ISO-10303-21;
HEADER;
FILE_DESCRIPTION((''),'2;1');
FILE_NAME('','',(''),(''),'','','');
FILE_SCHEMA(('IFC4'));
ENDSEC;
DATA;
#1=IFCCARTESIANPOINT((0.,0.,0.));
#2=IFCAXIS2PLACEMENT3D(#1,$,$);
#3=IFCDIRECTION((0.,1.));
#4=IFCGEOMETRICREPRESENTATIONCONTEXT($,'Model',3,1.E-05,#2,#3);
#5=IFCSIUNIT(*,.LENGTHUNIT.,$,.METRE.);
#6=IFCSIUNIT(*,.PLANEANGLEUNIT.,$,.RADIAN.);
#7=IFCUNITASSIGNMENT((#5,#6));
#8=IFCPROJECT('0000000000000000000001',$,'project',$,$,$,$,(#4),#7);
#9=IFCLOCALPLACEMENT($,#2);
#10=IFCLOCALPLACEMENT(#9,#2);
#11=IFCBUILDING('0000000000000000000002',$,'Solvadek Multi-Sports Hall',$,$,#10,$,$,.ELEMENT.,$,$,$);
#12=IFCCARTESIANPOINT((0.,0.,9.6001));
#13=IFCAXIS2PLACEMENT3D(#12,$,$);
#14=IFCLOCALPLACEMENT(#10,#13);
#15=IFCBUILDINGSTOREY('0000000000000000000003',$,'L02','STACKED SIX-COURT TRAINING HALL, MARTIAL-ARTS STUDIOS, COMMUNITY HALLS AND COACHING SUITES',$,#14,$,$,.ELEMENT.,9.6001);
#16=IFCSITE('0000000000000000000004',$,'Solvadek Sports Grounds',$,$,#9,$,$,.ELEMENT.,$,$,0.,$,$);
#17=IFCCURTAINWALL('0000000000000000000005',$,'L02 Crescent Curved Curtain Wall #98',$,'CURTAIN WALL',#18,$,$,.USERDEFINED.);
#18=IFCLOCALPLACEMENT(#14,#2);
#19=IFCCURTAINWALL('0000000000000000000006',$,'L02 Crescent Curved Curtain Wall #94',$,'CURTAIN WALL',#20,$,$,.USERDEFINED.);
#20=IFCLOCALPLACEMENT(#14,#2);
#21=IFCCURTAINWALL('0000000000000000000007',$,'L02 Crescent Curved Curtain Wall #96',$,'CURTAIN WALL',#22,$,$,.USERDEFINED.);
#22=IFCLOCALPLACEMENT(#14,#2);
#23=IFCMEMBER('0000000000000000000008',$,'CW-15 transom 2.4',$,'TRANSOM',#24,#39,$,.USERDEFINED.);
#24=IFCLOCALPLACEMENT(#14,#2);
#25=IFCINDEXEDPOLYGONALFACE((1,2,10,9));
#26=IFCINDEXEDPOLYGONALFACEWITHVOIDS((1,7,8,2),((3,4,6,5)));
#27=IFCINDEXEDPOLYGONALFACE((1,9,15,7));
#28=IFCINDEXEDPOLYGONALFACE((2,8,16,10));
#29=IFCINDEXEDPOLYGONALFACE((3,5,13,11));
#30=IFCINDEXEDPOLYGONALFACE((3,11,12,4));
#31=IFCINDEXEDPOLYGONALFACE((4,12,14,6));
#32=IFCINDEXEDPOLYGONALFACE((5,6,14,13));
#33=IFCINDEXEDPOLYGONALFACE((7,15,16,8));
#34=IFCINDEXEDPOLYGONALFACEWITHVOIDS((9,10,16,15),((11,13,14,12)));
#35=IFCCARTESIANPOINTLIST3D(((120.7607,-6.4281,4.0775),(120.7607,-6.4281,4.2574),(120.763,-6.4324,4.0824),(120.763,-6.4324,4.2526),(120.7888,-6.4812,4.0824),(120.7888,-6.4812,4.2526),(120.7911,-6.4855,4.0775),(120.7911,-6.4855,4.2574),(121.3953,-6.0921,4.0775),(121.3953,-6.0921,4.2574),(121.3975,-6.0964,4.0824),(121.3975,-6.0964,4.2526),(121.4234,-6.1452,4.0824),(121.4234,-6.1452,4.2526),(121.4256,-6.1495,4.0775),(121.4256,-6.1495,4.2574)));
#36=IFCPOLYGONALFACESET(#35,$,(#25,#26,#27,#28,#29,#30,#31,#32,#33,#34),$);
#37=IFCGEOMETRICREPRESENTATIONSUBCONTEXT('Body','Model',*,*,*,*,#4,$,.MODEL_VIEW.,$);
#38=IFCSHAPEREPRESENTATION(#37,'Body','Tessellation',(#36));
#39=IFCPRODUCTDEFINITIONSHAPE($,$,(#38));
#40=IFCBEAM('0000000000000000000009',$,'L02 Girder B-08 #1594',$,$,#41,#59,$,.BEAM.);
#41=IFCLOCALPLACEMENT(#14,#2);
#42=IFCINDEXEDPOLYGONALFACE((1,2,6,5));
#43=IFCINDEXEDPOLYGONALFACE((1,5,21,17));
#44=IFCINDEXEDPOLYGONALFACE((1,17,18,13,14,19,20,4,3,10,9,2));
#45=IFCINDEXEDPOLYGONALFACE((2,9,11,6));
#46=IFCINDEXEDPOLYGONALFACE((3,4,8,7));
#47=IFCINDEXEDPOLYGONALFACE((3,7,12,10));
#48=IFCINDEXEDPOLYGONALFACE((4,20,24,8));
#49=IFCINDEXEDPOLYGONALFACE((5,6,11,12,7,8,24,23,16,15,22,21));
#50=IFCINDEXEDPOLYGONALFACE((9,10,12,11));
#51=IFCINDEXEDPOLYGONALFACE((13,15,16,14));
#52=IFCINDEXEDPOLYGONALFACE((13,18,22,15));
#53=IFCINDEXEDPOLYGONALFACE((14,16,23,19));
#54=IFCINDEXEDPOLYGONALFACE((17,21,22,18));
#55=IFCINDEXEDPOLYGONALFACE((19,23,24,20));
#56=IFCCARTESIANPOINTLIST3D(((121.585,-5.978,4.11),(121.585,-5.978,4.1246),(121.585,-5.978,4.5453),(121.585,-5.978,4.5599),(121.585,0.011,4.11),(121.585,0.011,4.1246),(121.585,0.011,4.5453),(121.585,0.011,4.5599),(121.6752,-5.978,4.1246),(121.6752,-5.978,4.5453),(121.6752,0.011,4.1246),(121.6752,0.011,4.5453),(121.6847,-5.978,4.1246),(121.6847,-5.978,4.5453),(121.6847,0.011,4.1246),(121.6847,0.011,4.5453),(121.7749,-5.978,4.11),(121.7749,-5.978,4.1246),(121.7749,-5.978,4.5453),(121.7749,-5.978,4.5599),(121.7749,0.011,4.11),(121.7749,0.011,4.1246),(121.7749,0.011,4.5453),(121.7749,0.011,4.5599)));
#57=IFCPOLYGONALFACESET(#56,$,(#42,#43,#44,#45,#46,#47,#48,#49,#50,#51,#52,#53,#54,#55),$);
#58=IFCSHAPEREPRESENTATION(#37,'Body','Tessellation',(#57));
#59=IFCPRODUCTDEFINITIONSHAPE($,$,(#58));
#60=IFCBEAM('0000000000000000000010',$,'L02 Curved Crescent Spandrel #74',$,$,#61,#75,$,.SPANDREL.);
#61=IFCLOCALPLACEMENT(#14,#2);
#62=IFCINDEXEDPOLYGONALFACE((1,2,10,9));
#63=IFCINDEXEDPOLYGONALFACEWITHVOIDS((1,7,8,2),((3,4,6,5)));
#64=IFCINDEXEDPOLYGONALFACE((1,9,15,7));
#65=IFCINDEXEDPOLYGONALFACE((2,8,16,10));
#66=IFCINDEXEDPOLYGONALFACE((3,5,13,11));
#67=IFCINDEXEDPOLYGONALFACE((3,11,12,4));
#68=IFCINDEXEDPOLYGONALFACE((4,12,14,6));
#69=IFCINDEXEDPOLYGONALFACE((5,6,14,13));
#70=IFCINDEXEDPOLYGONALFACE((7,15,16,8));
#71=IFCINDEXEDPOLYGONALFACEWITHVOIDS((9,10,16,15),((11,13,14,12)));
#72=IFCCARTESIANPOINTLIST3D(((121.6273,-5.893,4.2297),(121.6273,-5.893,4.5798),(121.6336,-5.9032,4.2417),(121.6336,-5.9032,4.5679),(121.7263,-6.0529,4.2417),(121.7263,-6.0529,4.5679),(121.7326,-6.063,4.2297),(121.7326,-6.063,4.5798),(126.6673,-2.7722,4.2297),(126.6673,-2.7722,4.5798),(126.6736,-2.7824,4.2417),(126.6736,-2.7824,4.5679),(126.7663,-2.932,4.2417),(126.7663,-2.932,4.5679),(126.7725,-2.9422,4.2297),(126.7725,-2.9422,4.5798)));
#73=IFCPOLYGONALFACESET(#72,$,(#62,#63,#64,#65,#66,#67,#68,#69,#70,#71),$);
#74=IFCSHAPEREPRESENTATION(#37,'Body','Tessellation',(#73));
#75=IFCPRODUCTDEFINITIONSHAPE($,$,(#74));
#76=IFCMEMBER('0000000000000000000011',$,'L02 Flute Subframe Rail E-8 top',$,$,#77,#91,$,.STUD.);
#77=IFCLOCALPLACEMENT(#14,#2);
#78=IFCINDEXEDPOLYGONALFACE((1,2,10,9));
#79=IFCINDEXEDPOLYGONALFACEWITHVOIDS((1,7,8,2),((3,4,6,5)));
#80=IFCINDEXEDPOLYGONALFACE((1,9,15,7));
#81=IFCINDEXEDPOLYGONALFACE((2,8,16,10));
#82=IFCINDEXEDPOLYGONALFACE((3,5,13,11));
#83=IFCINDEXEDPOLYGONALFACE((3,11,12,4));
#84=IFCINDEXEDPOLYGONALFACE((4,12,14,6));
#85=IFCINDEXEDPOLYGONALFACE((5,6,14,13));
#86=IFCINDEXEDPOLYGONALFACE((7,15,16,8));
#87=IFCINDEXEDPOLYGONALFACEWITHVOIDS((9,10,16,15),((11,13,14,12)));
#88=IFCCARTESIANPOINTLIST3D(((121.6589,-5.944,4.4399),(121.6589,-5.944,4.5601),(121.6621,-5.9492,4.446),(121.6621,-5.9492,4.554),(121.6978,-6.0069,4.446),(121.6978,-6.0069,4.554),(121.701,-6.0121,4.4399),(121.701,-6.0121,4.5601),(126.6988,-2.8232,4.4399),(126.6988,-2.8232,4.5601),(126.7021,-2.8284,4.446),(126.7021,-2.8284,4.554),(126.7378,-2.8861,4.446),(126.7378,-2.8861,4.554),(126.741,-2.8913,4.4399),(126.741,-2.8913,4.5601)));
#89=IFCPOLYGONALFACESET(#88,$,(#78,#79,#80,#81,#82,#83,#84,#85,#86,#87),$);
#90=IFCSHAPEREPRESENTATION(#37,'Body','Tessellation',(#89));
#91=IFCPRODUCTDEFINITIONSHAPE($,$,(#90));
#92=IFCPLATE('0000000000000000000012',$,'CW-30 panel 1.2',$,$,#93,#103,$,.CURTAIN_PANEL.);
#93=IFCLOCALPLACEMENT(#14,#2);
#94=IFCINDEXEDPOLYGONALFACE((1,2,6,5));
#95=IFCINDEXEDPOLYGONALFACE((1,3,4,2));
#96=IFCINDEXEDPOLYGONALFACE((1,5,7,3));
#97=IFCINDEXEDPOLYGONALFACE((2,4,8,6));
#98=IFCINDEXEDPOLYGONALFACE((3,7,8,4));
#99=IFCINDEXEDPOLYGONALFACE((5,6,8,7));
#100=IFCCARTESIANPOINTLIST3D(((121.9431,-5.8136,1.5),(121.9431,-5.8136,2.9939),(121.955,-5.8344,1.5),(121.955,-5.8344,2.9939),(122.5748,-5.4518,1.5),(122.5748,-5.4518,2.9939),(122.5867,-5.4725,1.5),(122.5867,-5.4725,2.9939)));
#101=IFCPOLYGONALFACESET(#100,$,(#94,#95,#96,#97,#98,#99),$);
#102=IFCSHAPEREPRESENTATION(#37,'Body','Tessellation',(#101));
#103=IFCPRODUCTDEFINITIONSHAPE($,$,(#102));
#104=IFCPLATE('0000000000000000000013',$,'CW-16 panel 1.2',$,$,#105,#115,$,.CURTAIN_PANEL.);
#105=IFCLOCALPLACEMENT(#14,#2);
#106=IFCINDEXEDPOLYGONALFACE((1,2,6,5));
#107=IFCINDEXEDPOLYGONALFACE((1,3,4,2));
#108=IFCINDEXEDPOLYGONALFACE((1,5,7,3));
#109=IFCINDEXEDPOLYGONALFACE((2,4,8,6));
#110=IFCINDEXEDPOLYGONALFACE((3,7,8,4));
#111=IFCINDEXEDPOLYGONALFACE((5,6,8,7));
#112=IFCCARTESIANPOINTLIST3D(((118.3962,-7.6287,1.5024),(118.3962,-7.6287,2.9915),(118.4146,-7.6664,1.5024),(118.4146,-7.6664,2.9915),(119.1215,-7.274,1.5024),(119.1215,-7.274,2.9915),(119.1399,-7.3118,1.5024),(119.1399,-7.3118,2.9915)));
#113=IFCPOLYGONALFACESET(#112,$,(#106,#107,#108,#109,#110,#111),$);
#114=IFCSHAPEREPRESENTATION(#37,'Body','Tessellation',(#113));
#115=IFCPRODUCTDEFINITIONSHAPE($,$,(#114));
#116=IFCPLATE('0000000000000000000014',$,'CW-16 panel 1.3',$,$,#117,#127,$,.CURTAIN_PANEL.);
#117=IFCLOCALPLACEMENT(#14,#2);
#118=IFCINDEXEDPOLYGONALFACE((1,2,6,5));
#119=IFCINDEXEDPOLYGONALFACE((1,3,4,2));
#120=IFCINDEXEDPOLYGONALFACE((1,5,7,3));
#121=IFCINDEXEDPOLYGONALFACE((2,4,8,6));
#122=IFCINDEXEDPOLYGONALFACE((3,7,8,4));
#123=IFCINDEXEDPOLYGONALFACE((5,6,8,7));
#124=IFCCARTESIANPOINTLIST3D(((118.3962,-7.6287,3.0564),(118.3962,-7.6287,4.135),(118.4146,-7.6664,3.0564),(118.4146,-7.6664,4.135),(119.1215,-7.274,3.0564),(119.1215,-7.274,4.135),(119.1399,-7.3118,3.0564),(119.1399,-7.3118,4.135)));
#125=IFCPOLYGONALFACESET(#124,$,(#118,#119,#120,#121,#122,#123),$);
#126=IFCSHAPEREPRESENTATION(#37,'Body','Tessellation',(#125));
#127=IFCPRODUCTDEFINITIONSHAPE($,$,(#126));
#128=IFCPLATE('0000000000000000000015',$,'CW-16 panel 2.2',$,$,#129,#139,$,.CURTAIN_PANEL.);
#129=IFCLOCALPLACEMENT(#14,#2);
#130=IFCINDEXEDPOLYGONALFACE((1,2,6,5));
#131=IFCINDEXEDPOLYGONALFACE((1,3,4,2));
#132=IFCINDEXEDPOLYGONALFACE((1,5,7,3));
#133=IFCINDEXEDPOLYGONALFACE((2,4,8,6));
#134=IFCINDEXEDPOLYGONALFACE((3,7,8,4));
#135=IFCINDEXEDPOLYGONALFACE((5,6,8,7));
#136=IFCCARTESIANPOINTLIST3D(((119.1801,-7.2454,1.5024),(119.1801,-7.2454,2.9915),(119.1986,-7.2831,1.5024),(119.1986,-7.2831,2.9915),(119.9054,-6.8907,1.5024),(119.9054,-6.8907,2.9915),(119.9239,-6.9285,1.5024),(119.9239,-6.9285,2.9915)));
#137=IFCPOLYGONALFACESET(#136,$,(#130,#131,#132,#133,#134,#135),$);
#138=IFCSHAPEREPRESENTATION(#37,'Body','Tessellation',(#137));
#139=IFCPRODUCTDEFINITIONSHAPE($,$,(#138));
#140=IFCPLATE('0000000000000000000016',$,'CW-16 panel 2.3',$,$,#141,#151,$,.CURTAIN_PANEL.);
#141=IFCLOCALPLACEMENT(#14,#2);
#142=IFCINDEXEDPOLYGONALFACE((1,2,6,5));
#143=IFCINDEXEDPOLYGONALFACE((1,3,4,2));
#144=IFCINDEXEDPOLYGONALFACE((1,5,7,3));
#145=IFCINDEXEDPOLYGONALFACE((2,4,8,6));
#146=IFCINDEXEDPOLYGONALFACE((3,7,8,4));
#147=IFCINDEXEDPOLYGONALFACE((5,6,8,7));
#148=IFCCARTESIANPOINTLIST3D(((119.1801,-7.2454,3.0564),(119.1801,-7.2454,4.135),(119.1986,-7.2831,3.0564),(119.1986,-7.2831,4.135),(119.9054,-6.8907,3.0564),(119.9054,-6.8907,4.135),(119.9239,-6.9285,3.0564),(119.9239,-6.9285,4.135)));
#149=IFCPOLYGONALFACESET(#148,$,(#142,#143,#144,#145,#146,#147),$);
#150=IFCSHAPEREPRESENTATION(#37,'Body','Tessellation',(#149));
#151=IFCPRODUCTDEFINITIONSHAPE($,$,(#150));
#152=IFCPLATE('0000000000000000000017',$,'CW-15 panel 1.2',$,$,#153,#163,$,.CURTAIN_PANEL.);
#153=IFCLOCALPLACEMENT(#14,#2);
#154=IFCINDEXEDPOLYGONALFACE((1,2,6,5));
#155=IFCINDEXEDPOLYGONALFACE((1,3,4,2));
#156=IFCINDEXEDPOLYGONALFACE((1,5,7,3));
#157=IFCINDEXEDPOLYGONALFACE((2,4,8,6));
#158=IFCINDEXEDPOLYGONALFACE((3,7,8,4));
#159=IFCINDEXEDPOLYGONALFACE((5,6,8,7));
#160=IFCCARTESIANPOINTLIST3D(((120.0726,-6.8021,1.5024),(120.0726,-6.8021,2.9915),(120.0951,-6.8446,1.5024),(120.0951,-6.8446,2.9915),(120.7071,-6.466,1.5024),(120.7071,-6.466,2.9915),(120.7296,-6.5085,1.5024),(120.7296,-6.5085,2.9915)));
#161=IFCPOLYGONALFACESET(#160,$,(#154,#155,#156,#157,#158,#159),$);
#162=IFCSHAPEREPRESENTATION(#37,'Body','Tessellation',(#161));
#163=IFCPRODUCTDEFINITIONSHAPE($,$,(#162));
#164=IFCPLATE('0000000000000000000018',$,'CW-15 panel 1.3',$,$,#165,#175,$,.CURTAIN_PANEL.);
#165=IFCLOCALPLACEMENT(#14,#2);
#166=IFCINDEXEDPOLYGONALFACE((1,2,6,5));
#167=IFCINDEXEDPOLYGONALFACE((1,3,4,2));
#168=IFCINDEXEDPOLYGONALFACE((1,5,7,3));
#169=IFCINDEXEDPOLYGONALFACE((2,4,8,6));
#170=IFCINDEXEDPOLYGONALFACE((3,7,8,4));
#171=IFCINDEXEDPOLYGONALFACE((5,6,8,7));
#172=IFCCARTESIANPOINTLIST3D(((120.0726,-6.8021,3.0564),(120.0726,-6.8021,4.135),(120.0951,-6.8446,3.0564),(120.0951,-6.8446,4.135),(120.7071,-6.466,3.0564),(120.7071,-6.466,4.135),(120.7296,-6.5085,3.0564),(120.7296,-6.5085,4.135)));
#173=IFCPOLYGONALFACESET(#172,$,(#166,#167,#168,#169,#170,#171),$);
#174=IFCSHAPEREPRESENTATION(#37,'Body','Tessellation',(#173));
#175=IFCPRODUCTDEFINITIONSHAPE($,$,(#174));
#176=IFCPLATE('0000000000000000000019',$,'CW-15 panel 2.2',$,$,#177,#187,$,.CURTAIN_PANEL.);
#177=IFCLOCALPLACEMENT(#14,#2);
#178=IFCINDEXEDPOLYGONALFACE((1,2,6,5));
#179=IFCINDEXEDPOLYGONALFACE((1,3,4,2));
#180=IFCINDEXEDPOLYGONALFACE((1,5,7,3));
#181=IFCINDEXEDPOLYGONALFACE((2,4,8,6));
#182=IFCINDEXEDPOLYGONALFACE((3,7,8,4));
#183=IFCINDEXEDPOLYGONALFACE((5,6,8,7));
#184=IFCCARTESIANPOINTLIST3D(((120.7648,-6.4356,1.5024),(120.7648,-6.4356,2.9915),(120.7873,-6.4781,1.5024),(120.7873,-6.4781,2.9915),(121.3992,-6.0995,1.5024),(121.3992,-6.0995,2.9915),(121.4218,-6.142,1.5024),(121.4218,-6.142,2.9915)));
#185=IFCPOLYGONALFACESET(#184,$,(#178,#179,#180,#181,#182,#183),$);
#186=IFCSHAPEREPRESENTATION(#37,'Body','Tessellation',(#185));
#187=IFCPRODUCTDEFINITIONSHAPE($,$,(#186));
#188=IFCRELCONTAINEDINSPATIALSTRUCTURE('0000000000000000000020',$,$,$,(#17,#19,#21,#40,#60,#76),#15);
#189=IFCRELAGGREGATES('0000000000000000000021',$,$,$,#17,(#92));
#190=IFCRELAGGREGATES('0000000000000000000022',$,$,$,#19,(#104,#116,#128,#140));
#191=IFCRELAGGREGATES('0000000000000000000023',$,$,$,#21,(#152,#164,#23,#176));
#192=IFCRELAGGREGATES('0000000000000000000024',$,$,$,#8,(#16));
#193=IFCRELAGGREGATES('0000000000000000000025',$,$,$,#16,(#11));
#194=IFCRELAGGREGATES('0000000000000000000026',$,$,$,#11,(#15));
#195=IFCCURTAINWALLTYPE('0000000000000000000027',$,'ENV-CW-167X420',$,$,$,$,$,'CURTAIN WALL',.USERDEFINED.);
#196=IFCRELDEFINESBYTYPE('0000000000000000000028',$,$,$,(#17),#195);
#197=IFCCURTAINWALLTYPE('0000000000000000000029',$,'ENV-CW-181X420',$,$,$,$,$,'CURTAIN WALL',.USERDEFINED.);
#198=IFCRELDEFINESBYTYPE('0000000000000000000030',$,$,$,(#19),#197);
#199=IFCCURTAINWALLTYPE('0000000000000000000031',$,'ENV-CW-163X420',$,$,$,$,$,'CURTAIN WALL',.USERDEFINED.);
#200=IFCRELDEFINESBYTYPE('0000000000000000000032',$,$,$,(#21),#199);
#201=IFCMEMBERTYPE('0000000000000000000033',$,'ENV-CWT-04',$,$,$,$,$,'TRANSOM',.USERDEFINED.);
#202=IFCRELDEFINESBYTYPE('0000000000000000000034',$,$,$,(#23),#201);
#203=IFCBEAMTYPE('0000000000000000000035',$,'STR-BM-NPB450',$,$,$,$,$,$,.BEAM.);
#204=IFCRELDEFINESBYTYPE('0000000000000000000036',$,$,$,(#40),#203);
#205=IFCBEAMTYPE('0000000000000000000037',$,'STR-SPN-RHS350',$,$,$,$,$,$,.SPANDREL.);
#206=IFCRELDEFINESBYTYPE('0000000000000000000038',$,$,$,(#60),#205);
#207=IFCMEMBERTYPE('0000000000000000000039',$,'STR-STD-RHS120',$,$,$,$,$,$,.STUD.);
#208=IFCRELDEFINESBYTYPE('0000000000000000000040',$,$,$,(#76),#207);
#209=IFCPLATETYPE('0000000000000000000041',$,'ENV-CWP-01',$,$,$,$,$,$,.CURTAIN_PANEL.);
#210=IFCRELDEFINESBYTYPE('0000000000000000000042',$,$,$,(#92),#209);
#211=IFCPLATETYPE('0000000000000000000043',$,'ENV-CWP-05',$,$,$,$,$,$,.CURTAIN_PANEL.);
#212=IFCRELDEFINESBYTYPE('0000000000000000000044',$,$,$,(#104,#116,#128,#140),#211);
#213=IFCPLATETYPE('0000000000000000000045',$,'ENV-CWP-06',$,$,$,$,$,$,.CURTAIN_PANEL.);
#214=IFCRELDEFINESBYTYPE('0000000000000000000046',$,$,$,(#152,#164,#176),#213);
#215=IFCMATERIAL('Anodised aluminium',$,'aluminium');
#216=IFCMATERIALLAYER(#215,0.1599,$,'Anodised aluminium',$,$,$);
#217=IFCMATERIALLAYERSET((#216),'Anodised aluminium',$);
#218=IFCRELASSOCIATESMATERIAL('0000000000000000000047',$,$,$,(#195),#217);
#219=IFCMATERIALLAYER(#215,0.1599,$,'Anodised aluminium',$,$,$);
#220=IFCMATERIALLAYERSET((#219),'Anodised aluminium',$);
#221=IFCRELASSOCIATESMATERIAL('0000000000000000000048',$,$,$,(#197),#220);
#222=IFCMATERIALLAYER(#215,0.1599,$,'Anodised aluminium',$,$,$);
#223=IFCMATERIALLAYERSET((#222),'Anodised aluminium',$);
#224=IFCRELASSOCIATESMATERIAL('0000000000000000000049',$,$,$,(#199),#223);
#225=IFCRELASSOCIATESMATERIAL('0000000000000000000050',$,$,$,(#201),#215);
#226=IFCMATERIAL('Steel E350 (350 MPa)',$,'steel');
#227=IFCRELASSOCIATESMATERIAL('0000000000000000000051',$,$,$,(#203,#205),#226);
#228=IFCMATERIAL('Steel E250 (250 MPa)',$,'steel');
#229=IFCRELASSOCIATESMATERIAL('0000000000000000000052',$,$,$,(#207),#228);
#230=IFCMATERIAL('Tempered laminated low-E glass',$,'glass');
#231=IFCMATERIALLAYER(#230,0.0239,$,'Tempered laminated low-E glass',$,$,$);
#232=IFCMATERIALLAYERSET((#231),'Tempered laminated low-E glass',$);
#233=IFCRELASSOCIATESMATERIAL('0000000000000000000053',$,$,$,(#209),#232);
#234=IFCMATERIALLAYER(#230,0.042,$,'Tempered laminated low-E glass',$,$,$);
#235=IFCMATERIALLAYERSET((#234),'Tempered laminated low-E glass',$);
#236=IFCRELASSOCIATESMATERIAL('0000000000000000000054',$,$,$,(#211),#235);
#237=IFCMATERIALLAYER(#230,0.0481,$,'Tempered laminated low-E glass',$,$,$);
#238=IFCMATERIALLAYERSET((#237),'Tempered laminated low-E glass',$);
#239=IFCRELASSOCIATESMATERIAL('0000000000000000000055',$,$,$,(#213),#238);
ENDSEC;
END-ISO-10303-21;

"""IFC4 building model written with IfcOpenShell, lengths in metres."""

from ifc_helpers import new_model, si_unit, direction, frame, origin, origin_2d, place, context, subcontext, project, spatial, rectangle, hollow_rectangle, i_section, extrude, material, layer, layer_set, material_profile, profile_set, type_object, element, aggregate, save


model = new_model("IFC4")

# Units and contexts
model_context = context("Model", 3, precision=1e-05, world=origin(), true_north=direction((0.0, 1.0)))
body_context = subcontext(model_context, "Body", "Model", "MODEL_VIEW")
ifc_project = project(units=[si_unit("LENGTHUNIT", "METRE"), si_unit("PLANEANGLEUNIT", "RADIAN")], contexts=[model_context])

# Site, building, storey
site_placement = place(None, origin())
site = spatial("IfcSite", under=ifc_project, at=site_placement, Name="Solvadek Sports Grounds", CompositionType="ELEMENT", RefElevation=0.0)
building_placement = place(site_placement, origin())
building = spatial("IfcBuilding", under=site, at=building_placement, Name="Solvadek Multi-Sports Hall", CompositionType="ELEMENT")
storey_placement = place(building_placement, frame((0.0, 0.0, 9.6001)))
storey = spatial("IfcBuildingStorey", under=building, at=storey_placement, Name="L02", Description="STACKED SIX-COURT TRAINING HALL, MARTIAL-ARTS STUDIOS, COMMUNITY HALLS AND COACHING SUITES", CompositionType="ELEMENT", Elevation=9.6001)

# Curtain walls, member
ifc_material_1 = material(Name="Anodised aluminium", Category="aluminium")
ifc_layer_1 = layer(ifc_material_1, 0.1599, Name="Anodised aluminium")
ifc_layer_set_1 = layer_set([ifc_layer_1], Name="Anodised aluminium")
curtain_wall_type_1 = type_object("IfcCurtainWallType", Name="ENV-CW-167X420", ElementType="CURTAIN WALL", PredefinedType="USERDEFINED", material=ifc_layer_set_1)
curtain_wall_1_placement = place(storey_placement, origin())
curtain_wall_1 = element("IfcCurtainWall", 1, at=curtain_wall_1_placement, inside=storey, type_object=curtain_wall_type_1, Name="L02 Crescent Curved Curtain Wall #98", ObjectType="CURTAIN WALL", PredefinedType="USERDEFINED")
ifc_layer_2 = layer(ifc_material_1, 0.1599, Name="Anodised aluminium")
ifc_layer_set_2 = layer_set([ifc_layer_2], Name="Anodised aluminium")
curtain_wall_type_2 = type_object("IfcCurtainWallType", Name="ENV-CW-181X420", ElementType="CURTAIN WALL", PredefinedType="USERDEFINED", material=ifc_layer_set_2)
curtain_wall_2_placement = place(storey_placement, origin())
curtain_wall_2 = element("IfcCurtainWall", 2, at=curtain_wall_2_placement, inside=storey, type_object=curtain_wall_type_2, Name="L02 Crescent Curved Curtain Wall #94", ObjectType="CURTAIN WALL", PredefinedType="USERDEFINED")
ifc_layer_3 = layer(ifc_material_1, 0.1599, Name="Anodised aluminium")
ifc_layer_set_3 = layer_set([ifc_layer_3], Name="Anodised aluminium")
curtain_wall_type_3 = type_object("IfcCurtainWallType", Name="ENV-CW-163X420", ElementType="CURTAIN WALL", PredefinedType="USERDEFINED", material=ifc_layer_set_3)
curtain_wall_3_placement = place(storey_placement, origin())
curtain_wall_3 = element("IfcCurtainWall", 3, at=curtain_wall_3_placement, inside=storey, type_object=curtain_wall_type_3, Name="L02 Crescent Curved Curtain Wall #96", ObjectType="CURTAIN WALL", PredefinedType="USERDEFINED")
ifc_material_profile_1 = material_profile(ifc_material_1, hollow_rectangle(XDim=0.0649, YDim=0.1799, WallThickness=0.0049, at=origin_2d()), Name="ALU-T 180x65x5")
ifc_profile_set_1 = profile_set([ifc_material_profile_1], Name="Anodised aluminium")
member_type_1 = type_object("IfcMemberType", Name="ENV-CWT-04", ElementType="TRANSOM", PredefinedType="USERDEFINED", material=ifc_profile_set_1)
member_1_placement = place(storey_placement, frame((120.7759, -6.4568, 4.1675), z_axis=(0.88378, 0.467903, 0.0), x_axis=(-0.467903, 0.88378, 0.0)))
member_1 = element("IfcMember", 4, at=member_1_placement, type_object=member_type_1, Name="CW-15 transom 2.4", ObjectType="TRANSOM", PredefinedType="USERDEFINED", context=body_context, shape_type="SweptSolid", body=[
    extrude(hollow_rectangle(XDim=0.0649, YDim=0.1799, WallThickness=0.0049, at=origin_2d()), origin(), (0.0, 0.0, 1.0), 0.718),
])

# Beams
ifc_material_2 = material(Name="Steel E350 (350 MPa)", Category="steel")
ifc_material_profile_2 = material_profile(ifc_material_2, i_section(OverallWidth=0.1899, OverallDepth=0.45, WebThickness=0.0095, FlangeThickness=0.0146, at=origin_2d()), Name="NPB 450")
ifc_profile_set_2 = profile_set([ifc_material_profile_2], Name="Steel E350 (350 MPa)")
beam_type_1 = type_object("IfcBeamType", Name="STR-BM-NPB450", PredefinedType="BEAM", material=ifc_profile_set_2)
beam_1_placement = place(storey_placement, frame((121.6799, -5.978, 4.335), z_axis=(0.0, 1.0, 0.0), x_axis=(-1.0, 0.0, 0.0)))
element("IfcBeam", 5, at=beam_1_placement, inside=storey, type_object=beam_type_1, Name="L02 Girder B-08 #1594", PredefinedType="BEAM", context=body_context, shape_type="SweptSolid", body=[
    extrude(i_section(OverallWidth=0.1899, OverallDepth=0.45, WebThickness=0.0095, FlangeThickness=0.0146, at=origin_2d()), origin(), (0.0, 0.0, 1.0), 5.989),
])
ifc_material_profile_3 = material_profile(ifc_material_2, hollow_rectangle(XDim=0.2, YDim=0.3501, WallThickness=0.012, at=origin_2d()), Name="RHS 350x200x12")
ifc_profile_set_3 = profile_set([ifc_material_profile_3], Name="Steel E350 (350 MPa)")
beam_type_2 = type_object("IfcBeamType", Name="STR-SPN-RHS350", PredefinedType="SPANDREL", material=ifc_profile_set_3)
beam_2_placement = place(storey_placement, frame((121.6799, -5.978, 4.4048), z_axis=(0.850203, 0.526455, 0.0), x_axis=(-0.526455, 0.850203, 0.0)))
element("IfcBeam", 6, at=beam_2_placement, inside=storey, type_object=beam_type_2, Name="L02 Curved Crescent Spandrel #74", PredefinedType="SPANDREL", context=body_context, shape_type="SweptSolid", body=[
    extrude(hollow_rectangle(XDim=0.2, YDim=0.3501, WallThickness=0.012, at=origin_2d()), origin(), (0.0, 0.0, 1.0), 5.928),
])

# Member
ifc_material_3 = material(Name="Steel E250 (250 MPa)", Category="steel")
ifc_material_profile_4 = material_profile(ifc_material_3, hollow_rectangle(XDim=0.0801, YDim=0.1201, WallThickness=0.0061, at=origin_2d()), Name="RHS 120x80x6")
ifc_profile_set_4 = profile_set([ifc_material_profile_4], Name="Steel E250 (250 MPa)")
member_type_2 = type_object("IfcMemberType", Name="STR-STD-RHS120", PredefinedType="STUD", material=ifc_profile_set_4)
member_2_placement = place(storey_placement, frame((121.6799, -5.978, 4.5), z_axis=(0.850203, 0.526455, 0.0), x_axis=(-0.526455, 0.850203, 0.0)))
element("IfcMember", 7, at=member_2_placement, inside=storey, type_object=member_type_2, Name="L02 Flute Subframe Rail E-8 top", PredefinedType="STUD", context=body_context, shape_type="SweptSolid", body=[
    extrude(hollow_rectangle(XDim=0.0801, YDim=0.1201, WallThickness=0.0061, at=origin_2d()), origin(), (0.0, 0.0, 1.0), 5.928),
])

# Plates
ifc_material_4 = material(Name="Tempered laminated low-E glass", Category="glass")
ifc_layer_4 = layer(ifc_material_4, 0.0239, Name="Tempered laminated low-E glass")
ifc_layer_set_4 = layer_set([ifc_layer_4], Name="Tempered laminated low-E glass")
plate_type_1 = type_object("IfcPlateType", Name="ENV-CWP-01", PredefinedType="CURTAIN_PANEL", material=ifc_layer_set_4)
plate_1_placement = place(storey_placement, frame((122.2649, -5.6431, 1.5), z_axis=(0.0, 0.0, 1.0), x_axis=(0.867755, 0.496992, 0.0)))
plate_1 = element("IfcPlate", 8, at=plate_1_placement, type_object=plate_type_1, Name="CW-30 panel 1.2", PredefinedType="CURTAIN_PANEL", context=body_context, shape_type="SweptSolid", body=[
    extrude(rectangle(XDim=0.728, YDim=0.0239, at=origin_2d()), origin(), (0.0, 0.0, 1.0), 1.4939),
])
aggregate(curtain_wall_1, [plate_1])
ifc_layer_5 = layer(ifc_material_4, 0.042, Name="Tempered laminated low-E glass")
ifc_layer_set_5 = layer_set([ifc_layer_5], Name="Tempered laminated low-E glass")
plate_type_2 = type_object("IfcPlateType", Name="ENV-CWP-05", PredefinedType="CURTAIN_PANEL", material=ifc_layer_set_5)
plate_2_placement = place(storey_placement, frame((118.7681, -7.4702, 1.5024), z_axis=(0.0, 0.0, 1.0), x_axis=(0.89837, 0.43924, 0.0)))
plate_2 = element("IfcPlate", 9, at=plate_2_placement, type_object=plate_type_2, Name="CW-16 panel 1.2", PredefinedType="CURTAIN_PANEL", context=body_context, shape_type="SweptSolid", body=[
    extrude(rectangle(XDim=0.8074, YDim=0.042, at=origin_2d()), origin(), (0.0, 0.0, 1.0), 1.489),
])
plate_3_placement = place(storey_placement, frame((118.7681, -7.4702, 3.0564), z_axis=(0.0, 0.0, 1.0), x_axis=(0.89837, 0.43924, 0.0)))
plate_3 = element("IfcPlate", 10, at=plate_3_placement, type_object=plate_type_2, Name="CW-16 panel 1.3", PredefinedType="CURTAIN_PANEL", context=body_context, shape_type="SweptSolid", body=[
    extrude(rectangle(XDim=0.8074, YDim=0.042, at=origin_2d()), origin(), (0.0, 0.0, 1.0), 1.0786),
])
plate_4_placement = place(storey_placement, frame((119.552, -7.0869, 1.5024), z_axis=(0.0, 0.0, 1.0), x_axis=(0.89837, 0.43924, 0.0)))
plate_4 = element("IfcPlate", 11, at=plate_4_placement, type_object=plate_type_2, Name="CW-16 panel 2.2", PredefinedType="CURTAIN_PANEL", context=body_context, shape_type="SweptSolid", body=[
    extrude(rectangle(XDim=0.8074, YDim=0.042, at=origin_2d()), origin(), (0.0, 0.0, 1.0), 1.489),
])
plate_5_placement = place(storey_placement, frame((119.552, -7.0869, 3.0564), z_axis=(0.0, 0.0, 1.0), x_axis=(0.89837, 0.43924, 0.0)))
plate_5 = element("IfcPlate", 12, at=plate_5_placement, type_object=plate_type_2, Name="CW-16 panel 2.3", PredefinedType="CURTAIN_PANEL", context=body_context, shape_type="SweptSolid", body=[
    extrude(rectangle(XDim=0.8074, YDim=0.042, at=origin_2d()), origin(), (0.0, 0.0, 1.0), 1.0786),
])
aggregate(curtain_wall_2, [plate_2, plate_3, plate_4, plate_5])
ifc_layer_6 = layer(ifc_material_4, 0.0481, Name="Tempered laminated low-E glass")
ifc_layer_set_6 = layer_set([ifc_layer_6], Name="Tempered laminated low-E glass")
plate_type_3 = type_object("IfcPlateType", Name="ENV-CWP-06", PredefinedType="CURTAIN_PANEL", material=ifc_layer_set_6)
plate_6_placement = place(storey_placement, frame((120.4011, -6.6553, 1.5024), z_axis=(0.0, 0.0, 1.0), x_axis=(0.88366, 0.46813, 0.0)))
plate_6 = element("IfcPlate", 13, at=plate_6_placement, type_object=plate_type_3, Name="CW-15 panel 1.2", PredefinedType="CURTAIN_PANEL", context=body_context, shape_type="SweptSolid", body=[
    extrude(rectangle(XDim=0.718, YDim=0.0481, at=origin_2d()), origin(), (0.0, 0.0, 1.0), 1.489),
])
plate_7_placement = place(storey_placement, frame((120.4011, -6.6553, 3.0564), z_axis=(0.0, 0.0, 1.0), x_axis=(0.88366, 0.46813, 0.0)))
plate_7 = element("IfcPlate", 14, at=plate_7_placement, type_object=plate_type_3, Name="CW-15 panel 1.3", PredefinedType="CURTAIN_PANEL", context=body_context, shape_type="SweptSolid", body=[
    extrude(rectangle(XDim=0.718, YDim=0.0481, at=origin_2d()), origin(), (0.0, 0.0, 1.0), 1.0786),
])
plate_8_placement = place(storey_placement, frame((121.0933, -6.2888, 1.5024), z_axis=(0.0, 0.0, 1.0), x_axis=(0.88366, 0.46813, 0.0)))
plate_8 = element("IfcPlate", 15, at=plate_8_placement, type_object=plate_type_3, Name="CW-15 panel 2.2", PredefinedType="CURTAIN_PANEL", context=body_context, shape_type="SweptSolid", body=[
    extrude(rectangle(XDim=0.718, YDim=0.0481, at=origin_2d()), origin(), (0.0, 0.0, 1.0), 1.489),
])
aggregate(curtain_wall_3, [plate_6, plate_7, member_1, plate_8])

save(model, "model.ifc")
